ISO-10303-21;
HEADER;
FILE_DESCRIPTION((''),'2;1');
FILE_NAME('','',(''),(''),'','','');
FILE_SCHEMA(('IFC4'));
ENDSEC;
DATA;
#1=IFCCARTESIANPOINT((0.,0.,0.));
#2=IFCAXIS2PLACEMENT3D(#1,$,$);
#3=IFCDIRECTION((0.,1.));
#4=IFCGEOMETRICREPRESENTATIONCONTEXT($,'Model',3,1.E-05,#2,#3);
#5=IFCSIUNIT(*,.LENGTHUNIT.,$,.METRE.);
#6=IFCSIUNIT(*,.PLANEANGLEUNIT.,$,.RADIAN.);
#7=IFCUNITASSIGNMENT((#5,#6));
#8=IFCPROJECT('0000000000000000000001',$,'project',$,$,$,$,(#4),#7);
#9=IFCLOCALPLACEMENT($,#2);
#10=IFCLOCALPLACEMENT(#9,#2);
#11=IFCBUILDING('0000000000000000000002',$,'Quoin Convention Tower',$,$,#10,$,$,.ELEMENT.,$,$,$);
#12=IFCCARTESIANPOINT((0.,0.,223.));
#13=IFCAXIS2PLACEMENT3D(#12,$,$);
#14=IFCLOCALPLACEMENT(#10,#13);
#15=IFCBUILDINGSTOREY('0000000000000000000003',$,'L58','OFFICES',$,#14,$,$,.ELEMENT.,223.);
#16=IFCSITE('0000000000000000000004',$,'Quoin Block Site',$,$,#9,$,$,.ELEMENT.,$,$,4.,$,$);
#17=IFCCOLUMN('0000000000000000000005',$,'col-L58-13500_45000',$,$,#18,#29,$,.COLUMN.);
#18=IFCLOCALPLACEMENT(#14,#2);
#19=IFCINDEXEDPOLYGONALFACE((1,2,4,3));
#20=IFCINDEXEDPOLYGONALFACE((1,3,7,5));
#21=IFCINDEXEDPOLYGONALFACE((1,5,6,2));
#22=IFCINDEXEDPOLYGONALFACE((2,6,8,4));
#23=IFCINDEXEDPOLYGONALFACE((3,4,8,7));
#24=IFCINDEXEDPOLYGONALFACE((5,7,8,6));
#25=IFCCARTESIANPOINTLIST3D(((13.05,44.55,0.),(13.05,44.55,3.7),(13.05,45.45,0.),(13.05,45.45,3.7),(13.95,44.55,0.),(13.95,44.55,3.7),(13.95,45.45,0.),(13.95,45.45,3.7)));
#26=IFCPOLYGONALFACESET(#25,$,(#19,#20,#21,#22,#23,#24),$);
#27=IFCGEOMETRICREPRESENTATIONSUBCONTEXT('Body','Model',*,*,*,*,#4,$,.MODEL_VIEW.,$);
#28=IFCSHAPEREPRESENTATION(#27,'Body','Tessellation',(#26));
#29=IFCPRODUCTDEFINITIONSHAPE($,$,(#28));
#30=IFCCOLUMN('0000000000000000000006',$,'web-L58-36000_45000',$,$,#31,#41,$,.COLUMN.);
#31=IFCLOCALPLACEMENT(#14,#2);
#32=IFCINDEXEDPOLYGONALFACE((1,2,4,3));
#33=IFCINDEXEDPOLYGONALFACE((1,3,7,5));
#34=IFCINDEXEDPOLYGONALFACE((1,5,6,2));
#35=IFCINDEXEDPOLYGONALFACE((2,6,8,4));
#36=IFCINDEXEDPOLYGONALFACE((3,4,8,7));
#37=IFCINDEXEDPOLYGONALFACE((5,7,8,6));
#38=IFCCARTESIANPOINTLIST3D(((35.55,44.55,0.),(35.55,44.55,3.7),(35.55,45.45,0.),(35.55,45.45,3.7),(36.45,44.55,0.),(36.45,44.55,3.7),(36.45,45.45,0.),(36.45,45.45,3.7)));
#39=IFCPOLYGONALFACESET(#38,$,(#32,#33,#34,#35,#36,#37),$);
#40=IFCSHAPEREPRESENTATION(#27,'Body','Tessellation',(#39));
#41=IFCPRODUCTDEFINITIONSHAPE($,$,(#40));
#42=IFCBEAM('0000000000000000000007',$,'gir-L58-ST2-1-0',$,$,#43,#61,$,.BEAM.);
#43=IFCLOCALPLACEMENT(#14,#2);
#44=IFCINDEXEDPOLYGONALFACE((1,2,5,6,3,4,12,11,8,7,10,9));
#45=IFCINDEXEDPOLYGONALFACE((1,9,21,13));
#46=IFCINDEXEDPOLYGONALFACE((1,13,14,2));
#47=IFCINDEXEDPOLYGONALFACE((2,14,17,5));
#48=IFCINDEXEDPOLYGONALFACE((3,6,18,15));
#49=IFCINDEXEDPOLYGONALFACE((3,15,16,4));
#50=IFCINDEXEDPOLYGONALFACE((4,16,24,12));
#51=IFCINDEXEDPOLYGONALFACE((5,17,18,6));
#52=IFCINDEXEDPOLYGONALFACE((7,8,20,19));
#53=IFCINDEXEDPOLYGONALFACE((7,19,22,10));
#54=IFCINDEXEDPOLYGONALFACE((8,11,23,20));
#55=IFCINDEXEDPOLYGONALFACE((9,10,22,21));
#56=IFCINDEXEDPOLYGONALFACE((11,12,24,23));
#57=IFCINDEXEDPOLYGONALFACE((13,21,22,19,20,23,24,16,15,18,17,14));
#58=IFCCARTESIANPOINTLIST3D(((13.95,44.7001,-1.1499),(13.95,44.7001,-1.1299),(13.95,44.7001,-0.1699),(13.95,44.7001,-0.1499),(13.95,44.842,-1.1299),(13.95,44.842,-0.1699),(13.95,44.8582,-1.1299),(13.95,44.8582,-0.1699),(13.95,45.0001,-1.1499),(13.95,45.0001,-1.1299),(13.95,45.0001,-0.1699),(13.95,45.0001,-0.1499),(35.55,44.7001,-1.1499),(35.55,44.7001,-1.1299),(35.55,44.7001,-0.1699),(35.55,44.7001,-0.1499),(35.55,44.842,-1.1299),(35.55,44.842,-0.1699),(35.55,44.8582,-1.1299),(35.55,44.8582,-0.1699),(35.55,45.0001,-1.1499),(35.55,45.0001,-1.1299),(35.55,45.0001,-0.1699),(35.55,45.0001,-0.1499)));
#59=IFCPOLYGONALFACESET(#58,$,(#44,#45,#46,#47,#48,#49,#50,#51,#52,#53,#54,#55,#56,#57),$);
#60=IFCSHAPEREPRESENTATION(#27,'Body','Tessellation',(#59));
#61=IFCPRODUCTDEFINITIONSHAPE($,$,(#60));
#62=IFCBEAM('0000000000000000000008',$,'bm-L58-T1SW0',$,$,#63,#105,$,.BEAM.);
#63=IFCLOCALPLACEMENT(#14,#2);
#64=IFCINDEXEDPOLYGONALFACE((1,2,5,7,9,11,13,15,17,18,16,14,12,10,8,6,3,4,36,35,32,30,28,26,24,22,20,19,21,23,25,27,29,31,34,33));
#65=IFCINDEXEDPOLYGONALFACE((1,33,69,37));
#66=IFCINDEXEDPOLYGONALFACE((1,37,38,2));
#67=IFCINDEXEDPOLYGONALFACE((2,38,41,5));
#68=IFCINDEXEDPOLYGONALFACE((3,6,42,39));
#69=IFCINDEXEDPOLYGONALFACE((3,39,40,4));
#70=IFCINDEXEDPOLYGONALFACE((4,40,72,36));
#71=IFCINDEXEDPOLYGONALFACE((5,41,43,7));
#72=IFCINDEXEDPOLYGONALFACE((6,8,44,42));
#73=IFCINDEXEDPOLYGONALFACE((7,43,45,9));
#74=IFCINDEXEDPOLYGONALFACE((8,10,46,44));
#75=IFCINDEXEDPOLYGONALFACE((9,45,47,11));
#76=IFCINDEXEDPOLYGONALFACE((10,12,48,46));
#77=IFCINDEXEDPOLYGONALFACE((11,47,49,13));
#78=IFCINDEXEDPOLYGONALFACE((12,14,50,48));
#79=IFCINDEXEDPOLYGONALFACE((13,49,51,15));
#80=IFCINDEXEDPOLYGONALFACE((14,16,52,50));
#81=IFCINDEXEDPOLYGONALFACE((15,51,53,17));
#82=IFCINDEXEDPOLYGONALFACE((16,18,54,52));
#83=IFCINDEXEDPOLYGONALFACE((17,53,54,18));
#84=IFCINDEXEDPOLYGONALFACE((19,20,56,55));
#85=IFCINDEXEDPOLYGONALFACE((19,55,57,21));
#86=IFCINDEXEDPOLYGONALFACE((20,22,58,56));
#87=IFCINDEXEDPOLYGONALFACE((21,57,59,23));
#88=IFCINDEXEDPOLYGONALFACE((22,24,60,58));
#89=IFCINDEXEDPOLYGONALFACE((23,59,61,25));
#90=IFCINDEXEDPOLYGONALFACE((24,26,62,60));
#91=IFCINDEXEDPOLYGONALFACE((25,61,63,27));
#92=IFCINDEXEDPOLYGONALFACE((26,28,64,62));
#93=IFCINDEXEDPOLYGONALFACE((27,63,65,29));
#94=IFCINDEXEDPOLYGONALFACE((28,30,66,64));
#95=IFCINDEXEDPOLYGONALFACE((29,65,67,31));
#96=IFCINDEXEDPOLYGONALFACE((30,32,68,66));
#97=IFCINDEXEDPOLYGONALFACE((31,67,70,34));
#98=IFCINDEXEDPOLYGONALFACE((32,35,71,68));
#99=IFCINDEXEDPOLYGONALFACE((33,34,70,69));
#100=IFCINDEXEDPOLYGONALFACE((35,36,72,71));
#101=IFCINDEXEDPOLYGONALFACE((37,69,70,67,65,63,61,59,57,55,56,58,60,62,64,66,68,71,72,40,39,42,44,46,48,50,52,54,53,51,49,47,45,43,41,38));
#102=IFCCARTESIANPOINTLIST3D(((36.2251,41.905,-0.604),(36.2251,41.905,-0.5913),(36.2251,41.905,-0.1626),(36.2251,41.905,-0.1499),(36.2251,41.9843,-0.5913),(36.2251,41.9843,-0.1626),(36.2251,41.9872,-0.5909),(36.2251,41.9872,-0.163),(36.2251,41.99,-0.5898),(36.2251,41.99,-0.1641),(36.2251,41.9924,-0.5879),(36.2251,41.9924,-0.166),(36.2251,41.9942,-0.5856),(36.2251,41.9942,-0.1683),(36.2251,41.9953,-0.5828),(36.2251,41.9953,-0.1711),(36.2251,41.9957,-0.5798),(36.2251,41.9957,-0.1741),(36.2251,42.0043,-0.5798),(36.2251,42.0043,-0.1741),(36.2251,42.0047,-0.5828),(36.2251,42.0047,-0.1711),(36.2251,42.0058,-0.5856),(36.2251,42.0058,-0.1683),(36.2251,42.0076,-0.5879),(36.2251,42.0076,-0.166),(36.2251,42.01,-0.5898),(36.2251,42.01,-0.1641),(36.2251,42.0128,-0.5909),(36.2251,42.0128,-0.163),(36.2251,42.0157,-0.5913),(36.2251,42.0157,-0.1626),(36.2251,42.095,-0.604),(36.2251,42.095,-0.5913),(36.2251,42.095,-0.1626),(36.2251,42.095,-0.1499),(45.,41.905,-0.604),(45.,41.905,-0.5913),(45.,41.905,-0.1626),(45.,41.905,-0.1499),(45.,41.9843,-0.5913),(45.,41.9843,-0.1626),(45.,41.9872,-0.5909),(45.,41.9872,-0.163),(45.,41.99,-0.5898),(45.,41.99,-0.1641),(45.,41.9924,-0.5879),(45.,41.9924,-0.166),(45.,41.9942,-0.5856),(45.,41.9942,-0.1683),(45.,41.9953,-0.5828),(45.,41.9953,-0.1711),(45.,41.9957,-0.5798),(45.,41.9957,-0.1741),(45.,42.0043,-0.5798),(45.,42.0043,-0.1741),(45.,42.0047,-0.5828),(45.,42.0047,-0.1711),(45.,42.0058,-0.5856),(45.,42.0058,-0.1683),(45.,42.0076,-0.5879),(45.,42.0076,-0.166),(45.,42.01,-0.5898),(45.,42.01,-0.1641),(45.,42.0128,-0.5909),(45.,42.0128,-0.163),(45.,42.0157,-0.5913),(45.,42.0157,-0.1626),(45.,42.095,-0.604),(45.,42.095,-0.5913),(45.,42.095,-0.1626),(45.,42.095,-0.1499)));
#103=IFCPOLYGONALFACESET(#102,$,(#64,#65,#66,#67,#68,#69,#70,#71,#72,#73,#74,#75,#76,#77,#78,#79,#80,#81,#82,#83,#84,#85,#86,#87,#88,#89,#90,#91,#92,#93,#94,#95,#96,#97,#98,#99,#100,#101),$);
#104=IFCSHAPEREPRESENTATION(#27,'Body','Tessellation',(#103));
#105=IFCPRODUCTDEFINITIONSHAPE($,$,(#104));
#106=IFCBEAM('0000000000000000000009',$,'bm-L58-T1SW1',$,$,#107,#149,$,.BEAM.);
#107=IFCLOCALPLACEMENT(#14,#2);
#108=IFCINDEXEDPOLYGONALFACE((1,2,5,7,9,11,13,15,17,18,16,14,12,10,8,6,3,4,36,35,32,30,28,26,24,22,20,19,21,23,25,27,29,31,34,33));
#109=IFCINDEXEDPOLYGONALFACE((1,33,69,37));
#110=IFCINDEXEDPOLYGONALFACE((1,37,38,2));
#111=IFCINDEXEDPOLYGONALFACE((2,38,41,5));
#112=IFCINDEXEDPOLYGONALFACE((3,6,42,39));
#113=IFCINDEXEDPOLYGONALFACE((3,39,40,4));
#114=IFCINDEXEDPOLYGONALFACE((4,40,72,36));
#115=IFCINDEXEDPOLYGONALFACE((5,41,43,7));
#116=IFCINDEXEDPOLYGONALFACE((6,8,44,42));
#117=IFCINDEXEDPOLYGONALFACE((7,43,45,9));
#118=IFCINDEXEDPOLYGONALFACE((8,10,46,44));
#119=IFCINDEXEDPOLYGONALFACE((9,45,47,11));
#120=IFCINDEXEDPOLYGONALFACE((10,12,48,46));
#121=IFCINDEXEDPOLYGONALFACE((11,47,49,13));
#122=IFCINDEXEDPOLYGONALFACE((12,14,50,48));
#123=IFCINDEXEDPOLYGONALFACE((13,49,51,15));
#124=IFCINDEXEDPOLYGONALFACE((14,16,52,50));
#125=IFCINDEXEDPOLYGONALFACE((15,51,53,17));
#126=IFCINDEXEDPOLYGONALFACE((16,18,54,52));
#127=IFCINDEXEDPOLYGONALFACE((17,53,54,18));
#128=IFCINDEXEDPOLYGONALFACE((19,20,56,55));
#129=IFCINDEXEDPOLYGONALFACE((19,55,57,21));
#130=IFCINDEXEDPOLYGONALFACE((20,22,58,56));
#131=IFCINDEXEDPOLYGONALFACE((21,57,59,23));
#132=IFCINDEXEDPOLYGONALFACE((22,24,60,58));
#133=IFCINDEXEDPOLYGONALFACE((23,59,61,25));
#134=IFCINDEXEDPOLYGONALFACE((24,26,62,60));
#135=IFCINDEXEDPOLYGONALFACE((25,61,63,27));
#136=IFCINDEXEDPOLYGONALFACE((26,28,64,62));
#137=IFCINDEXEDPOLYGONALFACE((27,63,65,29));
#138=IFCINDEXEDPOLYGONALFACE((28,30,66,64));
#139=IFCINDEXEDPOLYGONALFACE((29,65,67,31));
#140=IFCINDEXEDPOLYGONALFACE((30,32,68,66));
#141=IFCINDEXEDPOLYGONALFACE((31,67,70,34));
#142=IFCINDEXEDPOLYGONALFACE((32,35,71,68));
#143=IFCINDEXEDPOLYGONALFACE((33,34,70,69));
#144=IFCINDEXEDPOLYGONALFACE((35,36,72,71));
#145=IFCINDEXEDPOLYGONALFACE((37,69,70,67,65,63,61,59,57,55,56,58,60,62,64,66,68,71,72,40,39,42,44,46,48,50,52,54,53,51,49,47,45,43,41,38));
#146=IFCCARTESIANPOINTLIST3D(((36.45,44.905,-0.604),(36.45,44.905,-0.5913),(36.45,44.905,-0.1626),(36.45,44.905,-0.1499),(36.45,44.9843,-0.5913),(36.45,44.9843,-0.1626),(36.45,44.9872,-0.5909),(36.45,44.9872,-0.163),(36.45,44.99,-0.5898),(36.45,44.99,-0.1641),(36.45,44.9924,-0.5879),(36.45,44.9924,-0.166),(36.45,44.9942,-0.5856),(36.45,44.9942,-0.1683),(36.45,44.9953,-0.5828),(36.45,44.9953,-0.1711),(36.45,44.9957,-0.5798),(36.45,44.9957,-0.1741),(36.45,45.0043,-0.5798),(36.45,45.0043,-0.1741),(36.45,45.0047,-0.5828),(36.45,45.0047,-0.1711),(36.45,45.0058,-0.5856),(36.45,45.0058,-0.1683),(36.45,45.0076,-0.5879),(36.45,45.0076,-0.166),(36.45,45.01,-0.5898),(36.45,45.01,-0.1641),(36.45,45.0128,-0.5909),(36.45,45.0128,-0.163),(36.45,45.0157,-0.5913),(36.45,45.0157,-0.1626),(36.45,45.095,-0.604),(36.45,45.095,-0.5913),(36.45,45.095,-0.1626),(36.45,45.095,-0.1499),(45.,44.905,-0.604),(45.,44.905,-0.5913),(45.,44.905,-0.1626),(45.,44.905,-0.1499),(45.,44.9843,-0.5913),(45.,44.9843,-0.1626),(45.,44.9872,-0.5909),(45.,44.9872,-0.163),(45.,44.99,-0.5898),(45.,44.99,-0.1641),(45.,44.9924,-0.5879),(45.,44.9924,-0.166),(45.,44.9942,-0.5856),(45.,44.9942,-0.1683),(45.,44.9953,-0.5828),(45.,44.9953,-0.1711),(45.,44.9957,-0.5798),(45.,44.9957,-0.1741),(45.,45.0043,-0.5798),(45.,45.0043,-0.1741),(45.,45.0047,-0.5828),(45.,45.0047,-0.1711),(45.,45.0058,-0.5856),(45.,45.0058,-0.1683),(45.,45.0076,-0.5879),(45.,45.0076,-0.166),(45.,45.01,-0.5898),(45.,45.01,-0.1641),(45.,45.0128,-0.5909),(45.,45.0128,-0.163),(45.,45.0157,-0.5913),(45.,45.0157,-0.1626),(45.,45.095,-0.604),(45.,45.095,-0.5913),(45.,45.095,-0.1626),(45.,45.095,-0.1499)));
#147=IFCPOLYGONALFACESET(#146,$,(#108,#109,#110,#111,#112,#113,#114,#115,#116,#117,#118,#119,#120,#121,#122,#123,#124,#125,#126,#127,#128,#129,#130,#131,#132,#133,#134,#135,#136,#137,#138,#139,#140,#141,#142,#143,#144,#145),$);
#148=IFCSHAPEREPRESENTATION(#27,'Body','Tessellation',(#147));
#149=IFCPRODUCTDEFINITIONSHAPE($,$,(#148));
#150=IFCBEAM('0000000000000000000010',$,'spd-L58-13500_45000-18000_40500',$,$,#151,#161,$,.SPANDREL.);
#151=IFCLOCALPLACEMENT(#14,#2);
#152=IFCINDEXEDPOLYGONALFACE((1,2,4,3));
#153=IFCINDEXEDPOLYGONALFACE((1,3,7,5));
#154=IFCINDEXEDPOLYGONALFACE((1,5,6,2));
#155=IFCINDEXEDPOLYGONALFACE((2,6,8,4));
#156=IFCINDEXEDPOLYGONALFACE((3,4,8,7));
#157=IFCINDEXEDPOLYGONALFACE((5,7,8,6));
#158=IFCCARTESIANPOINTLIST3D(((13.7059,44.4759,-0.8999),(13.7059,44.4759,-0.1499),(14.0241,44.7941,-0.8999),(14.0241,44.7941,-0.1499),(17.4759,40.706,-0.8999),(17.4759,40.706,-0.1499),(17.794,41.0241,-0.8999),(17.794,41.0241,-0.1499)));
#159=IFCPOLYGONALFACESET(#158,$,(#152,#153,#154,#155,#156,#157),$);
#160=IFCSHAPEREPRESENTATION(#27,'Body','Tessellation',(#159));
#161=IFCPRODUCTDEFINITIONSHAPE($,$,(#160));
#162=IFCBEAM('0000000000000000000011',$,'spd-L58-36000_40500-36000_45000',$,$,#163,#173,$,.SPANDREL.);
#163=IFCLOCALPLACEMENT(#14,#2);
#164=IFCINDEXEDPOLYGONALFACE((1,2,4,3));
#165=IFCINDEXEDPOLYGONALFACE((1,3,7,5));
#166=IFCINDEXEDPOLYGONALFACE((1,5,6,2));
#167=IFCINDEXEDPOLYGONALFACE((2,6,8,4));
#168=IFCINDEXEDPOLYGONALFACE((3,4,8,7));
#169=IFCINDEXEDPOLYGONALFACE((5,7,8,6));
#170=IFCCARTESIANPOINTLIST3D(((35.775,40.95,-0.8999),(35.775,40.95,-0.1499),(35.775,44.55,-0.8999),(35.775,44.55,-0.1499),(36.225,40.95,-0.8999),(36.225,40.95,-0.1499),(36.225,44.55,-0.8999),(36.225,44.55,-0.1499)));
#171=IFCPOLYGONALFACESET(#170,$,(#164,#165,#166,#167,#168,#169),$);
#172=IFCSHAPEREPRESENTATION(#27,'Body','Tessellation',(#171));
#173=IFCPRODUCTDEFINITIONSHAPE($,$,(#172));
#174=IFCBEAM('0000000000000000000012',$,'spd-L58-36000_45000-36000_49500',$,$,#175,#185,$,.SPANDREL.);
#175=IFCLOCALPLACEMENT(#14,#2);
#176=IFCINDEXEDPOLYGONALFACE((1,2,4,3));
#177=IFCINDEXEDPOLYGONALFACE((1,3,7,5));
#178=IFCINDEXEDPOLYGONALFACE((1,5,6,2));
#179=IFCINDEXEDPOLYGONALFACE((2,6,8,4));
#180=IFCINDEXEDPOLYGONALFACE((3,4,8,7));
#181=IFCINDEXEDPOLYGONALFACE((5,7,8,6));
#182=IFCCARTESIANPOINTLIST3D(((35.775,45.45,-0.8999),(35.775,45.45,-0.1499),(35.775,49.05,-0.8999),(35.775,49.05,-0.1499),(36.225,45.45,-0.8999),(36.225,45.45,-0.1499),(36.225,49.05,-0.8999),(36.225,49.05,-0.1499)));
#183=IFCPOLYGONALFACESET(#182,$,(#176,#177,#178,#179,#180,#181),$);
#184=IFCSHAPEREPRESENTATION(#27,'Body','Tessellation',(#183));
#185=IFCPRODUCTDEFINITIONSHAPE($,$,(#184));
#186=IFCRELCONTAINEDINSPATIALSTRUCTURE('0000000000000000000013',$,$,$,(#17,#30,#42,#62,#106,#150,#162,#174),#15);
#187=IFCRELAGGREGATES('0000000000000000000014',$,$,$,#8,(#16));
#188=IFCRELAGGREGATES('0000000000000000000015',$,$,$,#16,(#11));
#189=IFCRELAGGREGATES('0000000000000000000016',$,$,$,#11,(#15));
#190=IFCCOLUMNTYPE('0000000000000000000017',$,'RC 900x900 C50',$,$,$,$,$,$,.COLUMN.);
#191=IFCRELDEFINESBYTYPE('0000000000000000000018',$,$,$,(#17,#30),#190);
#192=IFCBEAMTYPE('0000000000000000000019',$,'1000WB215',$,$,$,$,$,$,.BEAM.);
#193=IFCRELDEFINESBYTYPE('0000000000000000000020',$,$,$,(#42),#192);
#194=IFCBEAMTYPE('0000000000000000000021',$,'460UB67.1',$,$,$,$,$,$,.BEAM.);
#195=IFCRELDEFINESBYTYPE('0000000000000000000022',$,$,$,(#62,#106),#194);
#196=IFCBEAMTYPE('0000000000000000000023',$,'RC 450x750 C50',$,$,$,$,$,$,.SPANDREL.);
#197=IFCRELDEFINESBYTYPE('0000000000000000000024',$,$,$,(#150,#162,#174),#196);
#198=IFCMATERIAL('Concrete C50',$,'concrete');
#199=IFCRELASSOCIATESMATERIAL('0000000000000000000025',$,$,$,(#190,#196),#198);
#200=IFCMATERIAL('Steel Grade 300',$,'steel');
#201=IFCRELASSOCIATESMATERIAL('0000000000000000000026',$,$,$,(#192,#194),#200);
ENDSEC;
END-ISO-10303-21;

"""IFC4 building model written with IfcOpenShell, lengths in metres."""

from ifc_helpers import new_model, si_unit, direction, frame, origin, origin_2d, place, context, subcontext, project, spatial, rectangle, i_section, extrude, material, material_profile, profile_set, type_object, element, save


model = new_model("IFC4")

# Units and contexts
model_context = context("Model", 3, precision=1e-05, world=origin(), true_north=direction((0.0, 1.0)))
body_context = subcontext(model_context, "Body", "Model", "MODEL_VIEW")
ifc_project = project(units=[si_unit("LENGTHUNIT", "METRE"), si_unit("PLANEANGLEUNIT", "RADIAN")], contexts=[model_context])

# Site, building, storey
site_placement = place(None, origin())
site = spatial("IfcSite", under=ifc_project, at=site_placement, Name="Quoin Block Site", CompositionType="ELEMENT", RefElevation=4.0)
building_placement = place(site_placement, origin())
building = spatial("IfcBuilding", under=site, at=building_placement, Name="Quoin Convention Tower", CompositionType="ELEMENT")
storey_placement = place(building_placement, frame((0.0, 0.0, 223.0)))
storey = spatial("IfcBuildingStorey", under=building, at=storey_placement, Name="L58", Description="OFFICES", CompositionType="ELEMENT", Elevation=223.0)

# Columns
ifc_material_1 = material(Name="Concrete C50", Category="concrete")
ifc_material_profile_1 = material_profile(ifc_material_1, rectangle(XDim=0.8999, YDim=0.8999, at=origin_2d()), Name="RC 900x900")
ifc_profile_set_1 = profile_set([ifc_material_profile_1], Name="Concrete C50")
column_type = type_object("IfcColumnType", Name="RC 900x900 C50", PredefinedType="COLUMN", material=ifc_profile_set_1)
for number, where, z_axis, x_axis, name in (
    (1, (13.5, 45.0, 0.0), (0.0, 0.0, 1.0), (1.0, 0.0, 0.0), "col-L58-13500_45000"),
    (2, (36.0, 45.0, 0.0), (0.0, 0.0, 1.0), (1.0, 0.0, 0.0), "web-L58-36000_45000"),
):
    element("IfcColumn", number, at=place(storey_placement, frame(where, z_axis=z_axis, x_axis=x_axis)), inside=storey, type_object=column_type, Name=name, PredefinedType="COLUMN", context=body_context, shape_type="SweptSolid", body=[
        extrude(rectangle(XDim=0.8999, YDim=0.8999, at=origin_2d()), origin(), (0.0, 0.0, 1.0), 3.7),
    ])

# Beams
ifc_material_2 = material(Name="Steel Grade 300", Category="steel")
ifc_material_profile_2 = material_profile(ifc_material_2, i_section(OverallWidth=0.3, OverallDepth=1.0, WebThickness=0.0161, FlangeThickness=0.02, at=origin_2d()), Name="1000WB215")
ifc_profile_set_2 = profile_set([ifc_material_profile_2], Name="Steel Grade 300")
beam_type_1 = type_object("IfcBeamType", Name="1000WB215", PredefinedType="BEAM", material=ifc_profile_set_2)
beam_1_placement = place(storey_placement, frame((13.95, 44.8501, -0.6499), z_axis=(1.0, 0.0, 0.0), x_axis=(0.0, 1.0, 0.0)))
element("IfcBeam", 3, at=beam_1_placement, inside=storey, type_object=beam_type_1, Name="gir-L58-ST2-1-0", PredefinedType="BEAM", context=body_context, shape_type="SweptSolid", body=[
    extrude(i_section(OverallWidth=0.3, OverallDepth=1.0, WebThickness=0.0161, FlangeThickness=0.02, at=origin_2d()), origin(), (0.0, 0.0, 1.0), 21.6001),
])
ifc_material_profile_3 = material_profile(ifc_material_2, i_section(OverallWidth=0.1899, OverallDepth=0.4541, WebThickness=0.0085, FlangeThickness=0.0127, FilletRadius=0.0115, at=origin_2d()), Name="460UB67.1")
ifc_profile_set_3 = profile_set([ifc_material_profile_3], Name="Steel Grade 300")
beam_type_2 = type_object("IfcBeamType", Name="460UB67.1", PredefinedType="BEAM", material=ifc_profile_set_3)
beam_2_placement = place(storey_placement, frame((36.2251, 42.0, -0.377), z_axis=(1.0, 0.0, 0.0), x_axis=(0.0, 1.0, 0.0)))
element("IfcBeam", 4, at=beam_2_placement, inside=storey, type_object=beam_type_2, Name="bm-L58-T1SW0", PredefinedType="BEAM", context=body_context, shape_type="SweptSolid", body=[
    extrude(i_section(OverallWidth=0.1899, OverallDepth=0.4541, WebThickness=0.0085, FlangeThickness=0.0127, FilletRadius=0.0115, at=origin_2d()), origin(), (0.0, 0.0, 1.0), 8.7749),
])
beam_3_placement = place(storey_placement, frame((36.45, 45.0, -0.377), z_axis=(1.0, 0.0, 0.0), x_axis=(0.0, 1.0, 0.0)))
element("IfcBeam", 5, at=beam_3_placement, inside=storey, type_object=beam_type_2, Name="bm-L58-T1SW1", PredefinedType="BEAM", context=body_context, shape_type="SweptSolid", body=[
    extrude(i_section(OverallWidth=0.1899, OverallDepth=0.4541, WebThickness=0.0085, FlangeThickness=0.0127, FilletRadius=0.0115, at=origin_2d()), origin(), (0.0, 0.0, 1.0), 8.55),
])
ifc_material_profile_4 = material_profile(ifc_material_1, rectangle(XDim=0.45, YDim=0.75, at=origin_2d()), Name="RC 450x750")
ifc_profile_set_4 = profile_set([ifc_material_profile_4], Name="Concrete C50")
beam_type_3 = type_object("IfcBeamType", Name="RC 450x750 C50", PredefinedType="SPANDREL", material=ifc_profile_set_4)
beam_4_placement = place(storey_placement, frame((13.865, 44.635, -0.5249), z_axis=(0.707107, -0.707107, 0.0), x_axis=(0.707107, 0.707107, 0.0)))
element("IfcBeam", 6, at=beam_4_placement, inside=storey, type_object=beam_type_3, Name="spd-L58-13500_45000-18000_40500", PredefinedType="SPANDREL", context=body_context, shape_type="SweptSolid", body=[
    extrude(rectangle(XDim=0.45, YDim=0.75, at=origin_2d()), origin(), (0.0, 0.0, 1.0), 5.3315),
])
for number, where, z_axis, x_axis, name in (
    (7, (36.0, 40.95, -0.5249), (0.0, 1.0, 0.0), (-1.0, 0.0, 0.0), "spd-L58-36000_40500-36000_45000"),
    (8, (36.0, 45.45, -0.5249), (0.0, 1.0, 0.0), (-1.0, 0.0, 0.0), "spd-L58-36000_45000-36000_49500"),
):
    element("IfcBeam", number, at=place(storey_placement, frame(where, z_axis=z_axis, x_axis=x_axis)), inside=storey, type_object=beam_type_3, Name=name, PredefinedType="SPANDREL", context=body_context, shape_type="SweptSolid", body=[
        extrude(rectangle(XDim=0.45, YDim=0.75, at=origin_2d()), origin(), (0.0, 0.0, 1.0), 3.6001),
    ])

save(model, "model.ifc")
